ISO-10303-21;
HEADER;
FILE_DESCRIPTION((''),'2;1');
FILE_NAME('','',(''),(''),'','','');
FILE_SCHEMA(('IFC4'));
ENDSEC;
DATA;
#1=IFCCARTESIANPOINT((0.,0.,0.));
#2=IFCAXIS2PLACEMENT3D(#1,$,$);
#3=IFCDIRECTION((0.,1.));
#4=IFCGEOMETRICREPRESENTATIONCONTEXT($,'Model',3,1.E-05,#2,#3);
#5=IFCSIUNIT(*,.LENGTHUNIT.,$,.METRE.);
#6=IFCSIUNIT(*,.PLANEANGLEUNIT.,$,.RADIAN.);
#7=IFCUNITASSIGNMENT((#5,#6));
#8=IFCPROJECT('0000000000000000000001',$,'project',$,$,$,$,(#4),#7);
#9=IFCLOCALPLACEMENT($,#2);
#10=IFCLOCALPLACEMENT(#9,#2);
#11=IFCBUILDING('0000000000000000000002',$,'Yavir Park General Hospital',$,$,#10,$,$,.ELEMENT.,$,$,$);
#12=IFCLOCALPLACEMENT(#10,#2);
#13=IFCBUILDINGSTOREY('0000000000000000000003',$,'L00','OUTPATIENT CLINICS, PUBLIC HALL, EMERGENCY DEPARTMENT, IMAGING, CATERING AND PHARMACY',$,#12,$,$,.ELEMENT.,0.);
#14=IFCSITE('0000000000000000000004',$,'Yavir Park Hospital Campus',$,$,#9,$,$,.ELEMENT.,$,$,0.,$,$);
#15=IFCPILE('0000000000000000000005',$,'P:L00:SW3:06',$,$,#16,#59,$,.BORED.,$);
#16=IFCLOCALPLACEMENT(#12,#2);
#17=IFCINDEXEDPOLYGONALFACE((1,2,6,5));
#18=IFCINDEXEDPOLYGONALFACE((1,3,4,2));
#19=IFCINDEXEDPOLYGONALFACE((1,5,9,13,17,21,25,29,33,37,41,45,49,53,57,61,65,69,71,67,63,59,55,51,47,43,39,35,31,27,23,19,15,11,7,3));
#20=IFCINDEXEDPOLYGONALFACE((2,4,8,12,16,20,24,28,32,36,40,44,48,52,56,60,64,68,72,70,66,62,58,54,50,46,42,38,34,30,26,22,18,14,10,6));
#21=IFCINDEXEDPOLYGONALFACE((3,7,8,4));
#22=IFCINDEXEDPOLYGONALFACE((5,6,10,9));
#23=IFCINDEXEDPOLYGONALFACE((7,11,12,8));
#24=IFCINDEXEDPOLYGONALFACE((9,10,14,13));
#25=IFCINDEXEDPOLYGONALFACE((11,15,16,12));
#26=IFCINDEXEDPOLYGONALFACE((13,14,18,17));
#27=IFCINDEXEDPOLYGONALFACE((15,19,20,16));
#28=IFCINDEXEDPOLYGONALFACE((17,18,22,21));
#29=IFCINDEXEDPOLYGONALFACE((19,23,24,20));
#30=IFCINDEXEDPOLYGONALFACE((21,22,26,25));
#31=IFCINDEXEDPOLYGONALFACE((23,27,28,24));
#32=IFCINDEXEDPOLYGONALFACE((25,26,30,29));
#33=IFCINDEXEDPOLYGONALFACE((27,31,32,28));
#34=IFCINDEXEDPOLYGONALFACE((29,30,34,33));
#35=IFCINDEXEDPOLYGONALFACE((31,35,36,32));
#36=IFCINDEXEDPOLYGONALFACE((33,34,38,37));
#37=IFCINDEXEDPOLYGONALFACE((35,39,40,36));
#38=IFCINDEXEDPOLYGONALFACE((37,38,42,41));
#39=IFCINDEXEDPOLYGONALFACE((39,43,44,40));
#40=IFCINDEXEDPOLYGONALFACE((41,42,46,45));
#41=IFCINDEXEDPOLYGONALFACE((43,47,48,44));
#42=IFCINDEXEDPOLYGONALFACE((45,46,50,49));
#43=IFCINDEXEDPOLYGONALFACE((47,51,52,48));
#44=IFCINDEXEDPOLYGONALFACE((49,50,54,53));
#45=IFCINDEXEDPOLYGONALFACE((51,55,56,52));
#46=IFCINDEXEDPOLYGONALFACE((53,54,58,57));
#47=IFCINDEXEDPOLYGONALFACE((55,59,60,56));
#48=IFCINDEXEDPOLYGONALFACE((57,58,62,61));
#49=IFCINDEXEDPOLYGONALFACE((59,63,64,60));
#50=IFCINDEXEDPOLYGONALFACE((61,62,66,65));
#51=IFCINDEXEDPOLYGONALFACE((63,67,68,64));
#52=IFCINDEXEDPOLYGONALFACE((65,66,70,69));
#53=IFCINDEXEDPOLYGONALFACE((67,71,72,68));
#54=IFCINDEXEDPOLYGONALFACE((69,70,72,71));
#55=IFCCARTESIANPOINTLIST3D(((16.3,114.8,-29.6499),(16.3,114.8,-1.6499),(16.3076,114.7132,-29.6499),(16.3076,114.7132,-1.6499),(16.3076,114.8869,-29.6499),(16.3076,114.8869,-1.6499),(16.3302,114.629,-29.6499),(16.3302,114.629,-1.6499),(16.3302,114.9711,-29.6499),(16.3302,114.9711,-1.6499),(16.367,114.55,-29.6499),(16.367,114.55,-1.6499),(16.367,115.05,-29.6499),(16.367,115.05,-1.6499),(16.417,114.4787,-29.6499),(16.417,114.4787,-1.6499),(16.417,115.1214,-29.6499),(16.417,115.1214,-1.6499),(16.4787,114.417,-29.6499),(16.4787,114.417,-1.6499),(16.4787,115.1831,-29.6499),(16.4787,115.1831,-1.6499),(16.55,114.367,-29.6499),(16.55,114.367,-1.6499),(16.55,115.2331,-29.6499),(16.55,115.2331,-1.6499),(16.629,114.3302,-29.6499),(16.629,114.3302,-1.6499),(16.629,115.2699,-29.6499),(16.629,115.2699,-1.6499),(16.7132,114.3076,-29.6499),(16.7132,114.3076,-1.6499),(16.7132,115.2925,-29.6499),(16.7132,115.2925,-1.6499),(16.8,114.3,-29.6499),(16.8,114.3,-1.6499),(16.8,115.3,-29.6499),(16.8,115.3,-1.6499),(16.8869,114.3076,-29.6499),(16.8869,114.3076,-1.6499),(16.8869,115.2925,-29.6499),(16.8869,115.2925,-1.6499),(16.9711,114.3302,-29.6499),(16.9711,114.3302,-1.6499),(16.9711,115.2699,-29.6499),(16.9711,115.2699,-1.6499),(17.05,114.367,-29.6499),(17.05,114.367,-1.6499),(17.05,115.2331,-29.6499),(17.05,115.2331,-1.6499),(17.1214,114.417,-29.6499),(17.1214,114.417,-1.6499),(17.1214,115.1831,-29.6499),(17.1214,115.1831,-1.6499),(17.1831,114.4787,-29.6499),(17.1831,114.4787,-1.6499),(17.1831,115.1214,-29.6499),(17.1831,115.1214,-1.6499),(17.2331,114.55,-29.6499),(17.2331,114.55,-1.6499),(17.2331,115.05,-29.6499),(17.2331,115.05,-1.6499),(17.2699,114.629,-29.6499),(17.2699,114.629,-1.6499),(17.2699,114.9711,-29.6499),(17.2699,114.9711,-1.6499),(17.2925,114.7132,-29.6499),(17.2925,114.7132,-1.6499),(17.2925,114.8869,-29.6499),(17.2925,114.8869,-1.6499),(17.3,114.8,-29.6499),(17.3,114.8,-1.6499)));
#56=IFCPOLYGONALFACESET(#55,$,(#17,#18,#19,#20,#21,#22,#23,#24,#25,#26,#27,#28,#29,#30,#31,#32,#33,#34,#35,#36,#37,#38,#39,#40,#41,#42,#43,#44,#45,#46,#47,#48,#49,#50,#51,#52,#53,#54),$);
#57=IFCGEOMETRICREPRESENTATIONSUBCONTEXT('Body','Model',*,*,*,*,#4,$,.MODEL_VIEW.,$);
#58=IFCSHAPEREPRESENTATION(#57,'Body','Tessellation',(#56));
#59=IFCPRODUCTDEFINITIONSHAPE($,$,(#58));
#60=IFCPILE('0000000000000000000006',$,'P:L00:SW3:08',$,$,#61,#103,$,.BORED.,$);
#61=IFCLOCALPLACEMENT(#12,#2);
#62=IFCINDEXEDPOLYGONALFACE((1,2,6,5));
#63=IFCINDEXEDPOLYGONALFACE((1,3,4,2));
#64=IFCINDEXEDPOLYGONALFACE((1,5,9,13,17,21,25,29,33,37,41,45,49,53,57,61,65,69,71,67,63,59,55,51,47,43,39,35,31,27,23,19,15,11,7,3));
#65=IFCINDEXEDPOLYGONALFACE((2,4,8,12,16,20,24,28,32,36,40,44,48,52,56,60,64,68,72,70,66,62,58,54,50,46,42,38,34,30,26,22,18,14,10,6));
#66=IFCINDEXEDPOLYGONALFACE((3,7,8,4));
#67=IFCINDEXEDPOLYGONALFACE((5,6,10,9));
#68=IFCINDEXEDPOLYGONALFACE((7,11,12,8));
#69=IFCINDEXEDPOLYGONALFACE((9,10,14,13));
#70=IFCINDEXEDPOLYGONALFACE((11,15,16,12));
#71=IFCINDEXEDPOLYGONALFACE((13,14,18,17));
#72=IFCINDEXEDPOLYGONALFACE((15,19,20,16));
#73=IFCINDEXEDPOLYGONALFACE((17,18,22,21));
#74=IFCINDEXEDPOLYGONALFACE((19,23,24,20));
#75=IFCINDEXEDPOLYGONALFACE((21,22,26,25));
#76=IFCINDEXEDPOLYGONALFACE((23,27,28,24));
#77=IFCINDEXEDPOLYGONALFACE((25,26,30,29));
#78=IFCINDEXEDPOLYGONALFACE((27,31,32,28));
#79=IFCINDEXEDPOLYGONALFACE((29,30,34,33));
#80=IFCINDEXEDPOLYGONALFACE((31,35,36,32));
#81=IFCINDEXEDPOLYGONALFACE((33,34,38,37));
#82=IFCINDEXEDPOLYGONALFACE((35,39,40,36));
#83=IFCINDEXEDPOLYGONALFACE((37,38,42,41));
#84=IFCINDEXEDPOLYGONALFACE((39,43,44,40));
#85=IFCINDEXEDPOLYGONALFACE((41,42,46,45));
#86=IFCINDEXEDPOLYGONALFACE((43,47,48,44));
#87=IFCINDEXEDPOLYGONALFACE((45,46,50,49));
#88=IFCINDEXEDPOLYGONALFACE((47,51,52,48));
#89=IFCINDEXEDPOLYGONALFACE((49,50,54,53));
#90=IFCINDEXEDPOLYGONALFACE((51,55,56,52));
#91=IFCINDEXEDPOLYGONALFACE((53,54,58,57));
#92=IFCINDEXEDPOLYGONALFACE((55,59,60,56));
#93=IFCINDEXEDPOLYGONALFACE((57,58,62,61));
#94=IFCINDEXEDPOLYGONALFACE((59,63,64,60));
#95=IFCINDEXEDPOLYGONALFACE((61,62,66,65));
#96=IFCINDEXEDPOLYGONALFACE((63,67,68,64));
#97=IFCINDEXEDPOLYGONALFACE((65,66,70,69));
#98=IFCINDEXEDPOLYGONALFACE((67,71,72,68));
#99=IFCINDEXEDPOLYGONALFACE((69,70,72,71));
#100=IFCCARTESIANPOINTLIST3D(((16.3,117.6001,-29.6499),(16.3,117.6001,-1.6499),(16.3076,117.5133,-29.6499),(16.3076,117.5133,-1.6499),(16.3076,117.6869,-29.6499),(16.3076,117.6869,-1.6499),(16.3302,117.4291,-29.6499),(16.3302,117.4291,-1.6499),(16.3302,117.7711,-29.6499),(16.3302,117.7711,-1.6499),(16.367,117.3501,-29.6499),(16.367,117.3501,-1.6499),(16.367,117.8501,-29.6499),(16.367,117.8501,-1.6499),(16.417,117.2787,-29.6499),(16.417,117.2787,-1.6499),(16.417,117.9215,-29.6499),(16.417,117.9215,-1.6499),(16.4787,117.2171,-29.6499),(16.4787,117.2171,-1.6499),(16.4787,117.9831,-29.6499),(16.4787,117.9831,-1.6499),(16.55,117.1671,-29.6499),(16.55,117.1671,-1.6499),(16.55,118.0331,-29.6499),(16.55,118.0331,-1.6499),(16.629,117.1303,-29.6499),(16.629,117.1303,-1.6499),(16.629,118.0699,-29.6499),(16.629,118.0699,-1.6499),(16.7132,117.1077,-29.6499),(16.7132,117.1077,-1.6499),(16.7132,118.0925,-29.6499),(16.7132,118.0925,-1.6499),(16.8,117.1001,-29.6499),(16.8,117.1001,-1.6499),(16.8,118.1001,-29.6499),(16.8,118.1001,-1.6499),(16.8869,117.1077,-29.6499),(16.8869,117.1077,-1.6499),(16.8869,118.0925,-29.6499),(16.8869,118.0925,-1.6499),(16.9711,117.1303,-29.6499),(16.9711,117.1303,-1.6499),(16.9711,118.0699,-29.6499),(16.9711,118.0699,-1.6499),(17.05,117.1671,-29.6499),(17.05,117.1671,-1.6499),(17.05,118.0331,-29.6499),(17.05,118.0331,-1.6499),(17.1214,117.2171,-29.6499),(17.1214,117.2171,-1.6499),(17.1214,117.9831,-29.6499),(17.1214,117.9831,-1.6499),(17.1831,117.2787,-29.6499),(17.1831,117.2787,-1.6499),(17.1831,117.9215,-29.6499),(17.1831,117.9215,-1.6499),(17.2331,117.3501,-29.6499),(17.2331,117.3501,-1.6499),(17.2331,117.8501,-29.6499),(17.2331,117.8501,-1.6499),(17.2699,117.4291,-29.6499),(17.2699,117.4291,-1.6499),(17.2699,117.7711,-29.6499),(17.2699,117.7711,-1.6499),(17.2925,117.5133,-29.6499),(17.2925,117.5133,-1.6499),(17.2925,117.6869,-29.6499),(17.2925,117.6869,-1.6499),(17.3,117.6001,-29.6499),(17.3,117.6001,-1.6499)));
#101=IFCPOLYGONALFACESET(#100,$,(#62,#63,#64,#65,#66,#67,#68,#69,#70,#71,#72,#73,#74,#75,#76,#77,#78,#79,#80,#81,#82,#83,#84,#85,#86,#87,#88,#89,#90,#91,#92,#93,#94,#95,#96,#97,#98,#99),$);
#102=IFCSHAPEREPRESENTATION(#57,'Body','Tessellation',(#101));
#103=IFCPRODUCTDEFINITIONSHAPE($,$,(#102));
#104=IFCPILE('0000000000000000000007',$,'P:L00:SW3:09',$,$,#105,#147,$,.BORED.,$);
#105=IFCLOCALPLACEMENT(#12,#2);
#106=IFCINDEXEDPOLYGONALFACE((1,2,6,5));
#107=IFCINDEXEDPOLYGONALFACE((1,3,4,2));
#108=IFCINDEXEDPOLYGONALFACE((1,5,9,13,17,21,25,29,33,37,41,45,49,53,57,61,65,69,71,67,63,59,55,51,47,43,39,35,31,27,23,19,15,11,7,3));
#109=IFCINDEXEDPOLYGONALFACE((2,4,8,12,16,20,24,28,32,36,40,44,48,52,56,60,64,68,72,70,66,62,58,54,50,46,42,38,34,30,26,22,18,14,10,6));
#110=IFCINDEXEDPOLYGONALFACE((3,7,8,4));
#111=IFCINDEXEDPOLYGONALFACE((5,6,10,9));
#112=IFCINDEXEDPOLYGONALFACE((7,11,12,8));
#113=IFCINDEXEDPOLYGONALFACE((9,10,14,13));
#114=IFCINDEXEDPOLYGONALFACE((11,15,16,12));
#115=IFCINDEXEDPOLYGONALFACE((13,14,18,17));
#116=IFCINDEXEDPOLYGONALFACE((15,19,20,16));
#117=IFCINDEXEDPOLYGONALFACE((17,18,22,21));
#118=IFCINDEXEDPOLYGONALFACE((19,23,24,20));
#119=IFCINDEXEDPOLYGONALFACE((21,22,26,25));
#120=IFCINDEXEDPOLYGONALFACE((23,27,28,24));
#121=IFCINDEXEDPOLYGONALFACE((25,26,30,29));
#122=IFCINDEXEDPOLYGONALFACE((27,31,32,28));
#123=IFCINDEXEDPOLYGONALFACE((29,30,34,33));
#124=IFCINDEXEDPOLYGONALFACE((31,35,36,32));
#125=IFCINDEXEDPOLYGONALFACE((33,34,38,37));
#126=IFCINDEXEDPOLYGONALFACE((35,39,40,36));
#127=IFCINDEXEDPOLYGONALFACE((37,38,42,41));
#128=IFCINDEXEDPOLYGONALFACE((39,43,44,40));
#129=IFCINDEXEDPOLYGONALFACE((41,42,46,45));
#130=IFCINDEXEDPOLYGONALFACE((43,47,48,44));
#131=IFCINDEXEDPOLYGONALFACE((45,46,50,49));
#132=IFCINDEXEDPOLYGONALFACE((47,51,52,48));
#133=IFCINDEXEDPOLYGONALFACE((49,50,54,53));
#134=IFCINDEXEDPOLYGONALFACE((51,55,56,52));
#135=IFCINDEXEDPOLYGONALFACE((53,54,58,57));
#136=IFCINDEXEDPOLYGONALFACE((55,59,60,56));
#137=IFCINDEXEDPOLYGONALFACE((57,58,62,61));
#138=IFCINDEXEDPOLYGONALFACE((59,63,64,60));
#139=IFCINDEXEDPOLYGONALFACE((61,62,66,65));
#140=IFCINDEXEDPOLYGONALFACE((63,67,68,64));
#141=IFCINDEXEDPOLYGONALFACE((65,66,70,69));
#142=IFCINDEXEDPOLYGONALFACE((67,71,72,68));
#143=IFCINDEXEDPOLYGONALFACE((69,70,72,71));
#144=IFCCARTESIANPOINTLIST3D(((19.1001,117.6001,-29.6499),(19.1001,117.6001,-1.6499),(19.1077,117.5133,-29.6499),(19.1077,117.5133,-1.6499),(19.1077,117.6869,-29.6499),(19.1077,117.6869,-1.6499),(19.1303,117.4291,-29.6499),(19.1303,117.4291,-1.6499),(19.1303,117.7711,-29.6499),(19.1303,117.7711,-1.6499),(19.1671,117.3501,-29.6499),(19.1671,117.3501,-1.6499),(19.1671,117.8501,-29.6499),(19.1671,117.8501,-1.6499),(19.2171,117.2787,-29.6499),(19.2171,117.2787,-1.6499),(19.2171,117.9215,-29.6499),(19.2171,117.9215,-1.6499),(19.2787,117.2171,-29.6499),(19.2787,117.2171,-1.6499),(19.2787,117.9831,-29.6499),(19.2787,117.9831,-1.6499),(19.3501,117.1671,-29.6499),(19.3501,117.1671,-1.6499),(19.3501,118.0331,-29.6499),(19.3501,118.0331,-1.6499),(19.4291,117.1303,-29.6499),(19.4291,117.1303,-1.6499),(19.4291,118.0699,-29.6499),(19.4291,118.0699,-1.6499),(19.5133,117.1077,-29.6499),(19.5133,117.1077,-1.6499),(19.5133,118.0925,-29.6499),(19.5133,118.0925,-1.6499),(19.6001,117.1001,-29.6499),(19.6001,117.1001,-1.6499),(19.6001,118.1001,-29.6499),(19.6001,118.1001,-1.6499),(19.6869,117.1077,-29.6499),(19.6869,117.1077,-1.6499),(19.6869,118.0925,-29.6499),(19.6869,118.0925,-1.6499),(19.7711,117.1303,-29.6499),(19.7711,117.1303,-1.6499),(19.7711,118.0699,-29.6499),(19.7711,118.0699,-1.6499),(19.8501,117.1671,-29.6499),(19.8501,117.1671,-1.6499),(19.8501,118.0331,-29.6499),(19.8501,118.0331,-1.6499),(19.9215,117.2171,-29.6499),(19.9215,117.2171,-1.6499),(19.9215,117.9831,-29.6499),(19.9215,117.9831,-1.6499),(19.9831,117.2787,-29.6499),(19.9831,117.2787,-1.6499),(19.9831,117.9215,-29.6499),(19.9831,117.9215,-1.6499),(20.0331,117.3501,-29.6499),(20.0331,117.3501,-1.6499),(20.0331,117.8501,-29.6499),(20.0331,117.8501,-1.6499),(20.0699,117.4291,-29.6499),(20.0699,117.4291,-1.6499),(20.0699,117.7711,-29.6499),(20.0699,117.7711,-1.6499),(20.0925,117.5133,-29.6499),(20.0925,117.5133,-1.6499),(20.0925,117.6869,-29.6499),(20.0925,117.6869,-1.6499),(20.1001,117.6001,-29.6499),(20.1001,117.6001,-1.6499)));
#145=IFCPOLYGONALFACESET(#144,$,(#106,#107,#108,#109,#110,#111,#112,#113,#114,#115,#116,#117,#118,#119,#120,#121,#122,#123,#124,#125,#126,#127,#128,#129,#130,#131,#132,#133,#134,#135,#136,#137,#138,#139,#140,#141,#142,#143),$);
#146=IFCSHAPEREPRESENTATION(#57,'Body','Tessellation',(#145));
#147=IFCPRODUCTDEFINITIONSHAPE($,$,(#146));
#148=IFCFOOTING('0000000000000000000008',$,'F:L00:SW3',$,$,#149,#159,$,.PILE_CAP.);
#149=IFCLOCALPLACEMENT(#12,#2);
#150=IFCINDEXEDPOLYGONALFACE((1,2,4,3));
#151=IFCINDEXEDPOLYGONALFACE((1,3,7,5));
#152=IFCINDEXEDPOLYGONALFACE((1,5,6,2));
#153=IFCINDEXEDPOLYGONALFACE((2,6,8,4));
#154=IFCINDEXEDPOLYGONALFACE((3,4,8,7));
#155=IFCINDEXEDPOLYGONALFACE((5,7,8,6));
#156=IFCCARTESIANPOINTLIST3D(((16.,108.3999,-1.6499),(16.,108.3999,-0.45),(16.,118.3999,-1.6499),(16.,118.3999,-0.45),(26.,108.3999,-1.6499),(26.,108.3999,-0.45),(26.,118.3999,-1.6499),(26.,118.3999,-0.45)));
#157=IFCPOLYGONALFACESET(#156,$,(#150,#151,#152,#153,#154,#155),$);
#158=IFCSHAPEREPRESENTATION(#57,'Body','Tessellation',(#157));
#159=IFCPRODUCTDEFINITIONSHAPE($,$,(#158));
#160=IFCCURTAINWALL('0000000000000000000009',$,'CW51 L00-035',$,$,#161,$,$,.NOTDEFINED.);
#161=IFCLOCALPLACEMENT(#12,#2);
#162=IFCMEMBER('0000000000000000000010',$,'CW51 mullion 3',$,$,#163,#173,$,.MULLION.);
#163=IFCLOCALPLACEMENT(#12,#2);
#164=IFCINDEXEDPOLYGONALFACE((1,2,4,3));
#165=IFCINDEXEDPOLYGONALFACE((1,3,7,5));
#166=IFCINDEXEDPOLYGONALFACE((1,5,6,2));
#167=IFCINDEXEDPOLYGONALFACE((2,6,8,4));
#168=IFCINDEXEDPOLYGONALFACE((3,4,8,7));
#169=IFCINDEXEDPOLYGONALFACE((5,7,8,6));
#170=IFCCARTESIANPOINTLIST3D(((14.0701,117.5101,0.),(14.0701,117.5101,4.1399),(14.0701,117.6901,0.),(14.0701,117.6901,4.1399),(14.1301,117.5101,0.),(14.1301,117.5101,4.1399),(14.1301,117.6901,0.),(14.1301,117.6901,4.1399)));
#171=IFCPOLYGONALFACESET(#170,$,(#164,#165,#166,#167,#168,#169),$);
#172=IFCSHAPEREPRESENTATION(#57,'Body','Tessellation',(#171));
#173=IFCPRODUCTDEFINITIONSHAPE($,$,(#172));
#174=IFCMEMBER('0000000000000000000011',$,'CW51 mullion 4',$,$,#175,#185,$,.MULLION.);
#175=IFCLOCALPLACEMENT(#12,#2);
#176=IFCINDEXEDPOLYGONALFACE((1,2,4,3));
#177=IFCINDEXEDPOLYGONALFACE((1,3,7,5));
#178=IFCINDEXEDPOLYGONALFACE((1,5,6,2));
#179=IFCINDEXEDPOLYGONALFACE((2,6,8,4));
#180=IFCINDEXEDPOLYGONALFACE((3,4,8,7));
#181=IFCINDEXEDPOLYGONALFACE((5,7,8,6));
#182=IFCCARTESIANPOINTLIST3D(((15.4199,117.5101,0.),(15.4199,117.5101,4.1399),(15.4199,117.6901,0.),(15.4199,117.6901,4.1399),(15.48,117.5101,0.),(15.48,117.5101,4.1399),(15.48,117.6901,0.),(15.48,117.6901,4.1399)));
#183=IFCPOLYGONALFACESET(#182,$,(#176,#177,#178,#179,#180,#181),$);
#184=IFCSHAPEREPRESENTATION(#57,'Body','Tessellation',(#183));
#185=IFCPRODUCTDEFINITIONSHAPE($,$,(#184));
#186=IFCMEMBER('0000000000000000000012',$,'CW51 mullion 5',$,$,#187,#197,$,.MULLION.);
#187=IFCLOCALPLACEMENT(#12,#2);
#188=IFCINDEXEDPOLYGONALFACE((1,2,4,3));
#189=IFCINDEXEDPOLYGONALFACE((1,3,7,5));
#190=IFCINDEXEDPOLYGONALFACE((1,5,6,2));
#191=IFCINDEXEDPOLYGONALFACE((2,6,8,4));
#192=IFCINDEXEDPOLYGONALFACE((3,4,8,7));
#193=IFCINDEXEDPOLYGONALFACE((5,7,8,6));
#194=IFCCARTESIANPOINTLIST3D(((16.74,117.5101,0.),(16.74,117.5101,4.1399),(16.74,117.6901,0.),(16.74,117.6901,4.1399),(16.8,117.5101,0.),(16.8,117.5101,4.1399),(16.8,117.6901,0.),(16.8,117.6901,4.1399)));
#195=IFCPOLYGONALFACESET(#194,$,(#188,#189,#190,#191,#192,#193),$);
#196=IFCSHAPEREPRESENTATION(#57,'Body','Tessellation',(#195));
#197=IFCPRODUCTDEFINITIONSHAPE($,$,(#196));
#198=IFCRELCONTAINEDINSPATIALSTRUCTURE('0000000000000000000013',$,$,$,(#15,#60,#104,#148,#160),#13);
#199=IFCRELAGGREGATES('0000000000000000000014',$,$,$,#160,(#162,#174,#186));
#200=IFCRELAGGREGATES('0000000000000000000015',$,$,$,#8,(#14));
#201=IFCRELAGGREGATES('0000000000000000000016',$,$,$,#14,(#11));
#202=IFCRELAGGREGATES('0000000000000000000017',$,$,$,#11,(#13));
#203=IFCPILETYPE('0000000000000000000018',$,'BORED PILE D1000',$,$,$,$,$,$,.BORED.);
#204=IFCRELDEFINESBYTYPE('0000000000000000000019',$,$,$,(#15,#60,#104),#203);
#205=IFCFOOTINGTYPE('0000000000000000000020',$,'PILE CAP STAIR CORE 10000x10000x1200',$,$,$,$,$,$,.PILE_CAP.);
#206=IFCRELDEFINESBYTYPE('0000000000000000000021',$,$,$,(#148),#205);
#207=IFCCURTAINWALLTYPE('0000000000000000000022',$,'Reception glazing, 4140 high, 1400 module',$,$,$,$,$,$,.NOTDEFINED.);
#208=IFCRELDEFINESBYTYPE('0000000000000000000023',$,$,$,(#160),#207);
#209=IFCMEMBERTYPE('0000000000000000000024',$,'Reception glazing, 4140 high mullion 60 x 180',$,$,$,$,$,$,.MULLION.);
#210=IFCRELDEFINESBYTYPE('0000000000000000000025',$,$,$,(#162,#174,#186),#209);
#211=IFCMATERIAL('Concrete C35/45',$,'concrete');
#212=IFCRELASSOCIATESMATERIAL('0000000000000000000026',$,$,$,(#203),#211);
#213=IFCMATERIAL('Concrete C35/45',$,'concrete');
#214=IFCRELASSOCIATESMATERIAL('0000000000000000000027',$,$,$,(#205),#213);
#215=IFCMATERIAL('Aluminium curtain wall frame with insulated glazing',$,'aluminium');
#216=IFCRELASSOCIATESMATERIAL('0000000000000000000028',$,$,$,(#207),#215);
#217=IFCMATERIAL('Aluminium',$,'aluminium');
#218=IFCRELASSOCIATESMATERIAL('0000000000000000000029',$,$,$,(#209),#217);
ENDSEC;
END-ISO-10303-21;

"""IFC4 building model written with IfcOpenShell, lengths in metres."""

from ifc_helpers import new_model, si_unit, direction, frame, origin, origin_2d, place, context, subcontext, project, spatial, rectangle, circle, extrude, material, material_profile, profile_set, type_object, element, aggregate, save


model = new_model("IFC4")

# Units and contexts
model_context = context("Model", 3, precision=1e-05, world=origin(), true_north=direction((0.0, 1.0)))
body_context = subcontext(model_context, "Body", "Model", "MODEL_VIEW")
ifc_project = project(units=[si_unit("LENGTHUNIT", "METRE"), si_unit("PLANEANGLEUNIT", "RADIAN")], contexts=[model_context])

# Site, building, storey
site_placement = place(None, origin())
site = spatial("IfcSite", under=ifc_project, at=site_placement, Name="Yavir Park Hospital Campus", CompositionType="ELEMENT", RefElevation=0.0)
building_placement = place(site_placement, origin())
building = spatial("IfcBuilding", under=site, at=building_placement, Name="Yavir Park General Hospital", CompositionType="ELEMENT")
storey_placement = place(building_placement, origin())
storey = spatial("IfcBuildingStorey", under=building, at=storey_placement, Name="L00", Description="OUTPATIENT CLINICS, PUBLIC HALL, EMERGENCY DEPARTMENT, IMAGING, CATERING AND PHARMACY", CompositionType="ELEMENT", Elevation=0.0)

# Piles
ifc_material_1 = material(Name="Concrete C35/45", Category="concrete")
ifc_material_profile_1 = material_profile(ifc_material_1, circle(Radius=0.5, at=origin_2d()), Name="D1000")
ifc_profile_set_1 = profile_set([ifc_material_profile_1], Name="Concrete C35/45")
pile_type = type_object("IfcPileType", Name="BORED PILE D1000", PredefinedType="BORED", material=ifc_profile_set_1)
for number, where, z_axis, x_axis, name in (
    (1, (16.8, 114.8, -1.6499), (0.0, 0.0, -1.0), (1.0, 0.0, 0.0), "P:L00:SW3:06"),
    (2, (16.8, 117.6001, -1.6499), (0.0, 0.0, -1.0), (1.0, 0.0, 0.0), "P:L00:SW3:08"),
    (3, (19.6001, 117.6001, -1.6499), (0.0, 0.0, -1.0), (1.0, 0.0, 0.0), "P:L00:SW3:09"),
):
    element("IfcPile", number, at=place(storey_placement, frame(where, z_axis=z_axis, x_axis=x_axis)), inside=storey, type_object=pile_type, Name=name, PredefinedType="BORED", context=body_context, shape_type="SweptSolid", body=[
        extrude(circle(Radius=0.5, at=origin_2d()), origin(), (0.0, 0.0, 1.0), 28.0),
    ])

# Footing
ifc_material_2 = material(Name="Concrete C35/45", Category="concrete")
footing_type = type_object("IfcFootingType", Name="PILE CAP STAIR CORE 10000x10000x1200", PredefinedType="PILE_CAP", material=ifc_material_2)
footing_placement = place(storey_placement, frame((21.0, 113.3999, -1.6499), z_axis=(0.0, 0.0, 1.0), x_axis=(1.0, 0.0, 0.0)))
element("IfcFooting", 4, at=footing_placement, inside=storey, type_object=footing_type, Name="F:L00:SW3", PredefinedType="PILE_CAP", context=body_context, shape_type="SweptSolid", body=[
    extrude(rectangle(XDim=10.0, YDim=10.0, at=origin_2d()), origin(), (0.0, 0.0, 1.0), 1.2),
])

# Curtain wall, members
ifc_material_3 = material(Name="Aluminium curtain wall frame with insulated glazing", Category="aluminium")
curtain_wall_type = type_object("IfcCurtainWallType", Name="Reception glazing, 4140 high, 1400 module", PredefinedType="NOTDEFINED", material=ifc_material_3)
curtain_wall_placement = place(storey_placement, origin())
curtain_wall = element("IfcCurtainWall", 5, at=curtain_wall_placement, inside=storey, type_object=curtain_wall_type, Name="CW51 L00-035", PredefinedType="NOTDEFINED")
ifc_material_4 = material(Name="Aluminium", Category="aluminium")
ifc_material_profile_2 = material_profile(ifc_material_4, rectangle(XDim=0.1799, YDim=0.0601, at=origin_2d()), Name="AL 60x180")
ifc_profile_set_2 = profile_set([ifc_material_profile_2], Name="Aluminium")
member_type_1 = type_object("IfcMemberType", Name="Reception glazing, 4140 high mullion 60 x 180", PredefinedType="MULLION", material=ifc_profile_set_2)
member_1_placement = place(storey_placement, frame((14.1001, 117.6001, 0.0), z_axis=(0.0, 0.0, 1.0), x_axis=(0.0, 1.0, 0.0)))
member_1 = element("IfcMember", 6, at=member_1_placement, type_object=member_type_1, Name="CW51 mullion 3", PredefinedType="MULLION", context=body_context, shape_type="SweptSolid", body=[
    extrude(rectangle(XDim=0.1799, YDim=0.0601, at=origin_2d()), origin(), (0.0, 0.0, 1.0), 4.1399),
])
member_2_placement = place(storey_placement, frame((15.45, 117.6001, 0.0), z_axis=(0.0, 0.0, 1.0), x_axis=(0.0, 1.0, 0.0)))
member_2 = element("IfcMember", 7, at=member_2_placement, type_object=member_type_1, Name="CW51 mullion 4", PredefinedType="MULLION", context=body_context, shape_type="SweptSolid", body=[
    extrude(rectangle(XDim=0.1799, YDim=0.0601, at=origin_2d()), origin(), (0.0, 0.0, 1.0), 4.1399),
])
member_3_placement = place(storey_placement, frame((16.77, 117.6001, 0.0), z_axis=(0.0, 0.0, 1.0), x_axis=(0.0, 1.0, 0.0)))
member_3 = element("IfcMember", 8, at=member_3_placement, type_object=member_type_1, Name="CW51 mullion 5", PredefinedType="MULLION", context=body_context, shape_type="SweptSolid", body=[
    extrude(rectangle(XDim=0.1799, YDim=0.0601, at=origin_2d()), origin(), (0.0, 0.0, 1.0), 4.1399),
])
aggregate(curtain_wall, [member_1, member_2, member_3])

save(model, "model.ifc")
